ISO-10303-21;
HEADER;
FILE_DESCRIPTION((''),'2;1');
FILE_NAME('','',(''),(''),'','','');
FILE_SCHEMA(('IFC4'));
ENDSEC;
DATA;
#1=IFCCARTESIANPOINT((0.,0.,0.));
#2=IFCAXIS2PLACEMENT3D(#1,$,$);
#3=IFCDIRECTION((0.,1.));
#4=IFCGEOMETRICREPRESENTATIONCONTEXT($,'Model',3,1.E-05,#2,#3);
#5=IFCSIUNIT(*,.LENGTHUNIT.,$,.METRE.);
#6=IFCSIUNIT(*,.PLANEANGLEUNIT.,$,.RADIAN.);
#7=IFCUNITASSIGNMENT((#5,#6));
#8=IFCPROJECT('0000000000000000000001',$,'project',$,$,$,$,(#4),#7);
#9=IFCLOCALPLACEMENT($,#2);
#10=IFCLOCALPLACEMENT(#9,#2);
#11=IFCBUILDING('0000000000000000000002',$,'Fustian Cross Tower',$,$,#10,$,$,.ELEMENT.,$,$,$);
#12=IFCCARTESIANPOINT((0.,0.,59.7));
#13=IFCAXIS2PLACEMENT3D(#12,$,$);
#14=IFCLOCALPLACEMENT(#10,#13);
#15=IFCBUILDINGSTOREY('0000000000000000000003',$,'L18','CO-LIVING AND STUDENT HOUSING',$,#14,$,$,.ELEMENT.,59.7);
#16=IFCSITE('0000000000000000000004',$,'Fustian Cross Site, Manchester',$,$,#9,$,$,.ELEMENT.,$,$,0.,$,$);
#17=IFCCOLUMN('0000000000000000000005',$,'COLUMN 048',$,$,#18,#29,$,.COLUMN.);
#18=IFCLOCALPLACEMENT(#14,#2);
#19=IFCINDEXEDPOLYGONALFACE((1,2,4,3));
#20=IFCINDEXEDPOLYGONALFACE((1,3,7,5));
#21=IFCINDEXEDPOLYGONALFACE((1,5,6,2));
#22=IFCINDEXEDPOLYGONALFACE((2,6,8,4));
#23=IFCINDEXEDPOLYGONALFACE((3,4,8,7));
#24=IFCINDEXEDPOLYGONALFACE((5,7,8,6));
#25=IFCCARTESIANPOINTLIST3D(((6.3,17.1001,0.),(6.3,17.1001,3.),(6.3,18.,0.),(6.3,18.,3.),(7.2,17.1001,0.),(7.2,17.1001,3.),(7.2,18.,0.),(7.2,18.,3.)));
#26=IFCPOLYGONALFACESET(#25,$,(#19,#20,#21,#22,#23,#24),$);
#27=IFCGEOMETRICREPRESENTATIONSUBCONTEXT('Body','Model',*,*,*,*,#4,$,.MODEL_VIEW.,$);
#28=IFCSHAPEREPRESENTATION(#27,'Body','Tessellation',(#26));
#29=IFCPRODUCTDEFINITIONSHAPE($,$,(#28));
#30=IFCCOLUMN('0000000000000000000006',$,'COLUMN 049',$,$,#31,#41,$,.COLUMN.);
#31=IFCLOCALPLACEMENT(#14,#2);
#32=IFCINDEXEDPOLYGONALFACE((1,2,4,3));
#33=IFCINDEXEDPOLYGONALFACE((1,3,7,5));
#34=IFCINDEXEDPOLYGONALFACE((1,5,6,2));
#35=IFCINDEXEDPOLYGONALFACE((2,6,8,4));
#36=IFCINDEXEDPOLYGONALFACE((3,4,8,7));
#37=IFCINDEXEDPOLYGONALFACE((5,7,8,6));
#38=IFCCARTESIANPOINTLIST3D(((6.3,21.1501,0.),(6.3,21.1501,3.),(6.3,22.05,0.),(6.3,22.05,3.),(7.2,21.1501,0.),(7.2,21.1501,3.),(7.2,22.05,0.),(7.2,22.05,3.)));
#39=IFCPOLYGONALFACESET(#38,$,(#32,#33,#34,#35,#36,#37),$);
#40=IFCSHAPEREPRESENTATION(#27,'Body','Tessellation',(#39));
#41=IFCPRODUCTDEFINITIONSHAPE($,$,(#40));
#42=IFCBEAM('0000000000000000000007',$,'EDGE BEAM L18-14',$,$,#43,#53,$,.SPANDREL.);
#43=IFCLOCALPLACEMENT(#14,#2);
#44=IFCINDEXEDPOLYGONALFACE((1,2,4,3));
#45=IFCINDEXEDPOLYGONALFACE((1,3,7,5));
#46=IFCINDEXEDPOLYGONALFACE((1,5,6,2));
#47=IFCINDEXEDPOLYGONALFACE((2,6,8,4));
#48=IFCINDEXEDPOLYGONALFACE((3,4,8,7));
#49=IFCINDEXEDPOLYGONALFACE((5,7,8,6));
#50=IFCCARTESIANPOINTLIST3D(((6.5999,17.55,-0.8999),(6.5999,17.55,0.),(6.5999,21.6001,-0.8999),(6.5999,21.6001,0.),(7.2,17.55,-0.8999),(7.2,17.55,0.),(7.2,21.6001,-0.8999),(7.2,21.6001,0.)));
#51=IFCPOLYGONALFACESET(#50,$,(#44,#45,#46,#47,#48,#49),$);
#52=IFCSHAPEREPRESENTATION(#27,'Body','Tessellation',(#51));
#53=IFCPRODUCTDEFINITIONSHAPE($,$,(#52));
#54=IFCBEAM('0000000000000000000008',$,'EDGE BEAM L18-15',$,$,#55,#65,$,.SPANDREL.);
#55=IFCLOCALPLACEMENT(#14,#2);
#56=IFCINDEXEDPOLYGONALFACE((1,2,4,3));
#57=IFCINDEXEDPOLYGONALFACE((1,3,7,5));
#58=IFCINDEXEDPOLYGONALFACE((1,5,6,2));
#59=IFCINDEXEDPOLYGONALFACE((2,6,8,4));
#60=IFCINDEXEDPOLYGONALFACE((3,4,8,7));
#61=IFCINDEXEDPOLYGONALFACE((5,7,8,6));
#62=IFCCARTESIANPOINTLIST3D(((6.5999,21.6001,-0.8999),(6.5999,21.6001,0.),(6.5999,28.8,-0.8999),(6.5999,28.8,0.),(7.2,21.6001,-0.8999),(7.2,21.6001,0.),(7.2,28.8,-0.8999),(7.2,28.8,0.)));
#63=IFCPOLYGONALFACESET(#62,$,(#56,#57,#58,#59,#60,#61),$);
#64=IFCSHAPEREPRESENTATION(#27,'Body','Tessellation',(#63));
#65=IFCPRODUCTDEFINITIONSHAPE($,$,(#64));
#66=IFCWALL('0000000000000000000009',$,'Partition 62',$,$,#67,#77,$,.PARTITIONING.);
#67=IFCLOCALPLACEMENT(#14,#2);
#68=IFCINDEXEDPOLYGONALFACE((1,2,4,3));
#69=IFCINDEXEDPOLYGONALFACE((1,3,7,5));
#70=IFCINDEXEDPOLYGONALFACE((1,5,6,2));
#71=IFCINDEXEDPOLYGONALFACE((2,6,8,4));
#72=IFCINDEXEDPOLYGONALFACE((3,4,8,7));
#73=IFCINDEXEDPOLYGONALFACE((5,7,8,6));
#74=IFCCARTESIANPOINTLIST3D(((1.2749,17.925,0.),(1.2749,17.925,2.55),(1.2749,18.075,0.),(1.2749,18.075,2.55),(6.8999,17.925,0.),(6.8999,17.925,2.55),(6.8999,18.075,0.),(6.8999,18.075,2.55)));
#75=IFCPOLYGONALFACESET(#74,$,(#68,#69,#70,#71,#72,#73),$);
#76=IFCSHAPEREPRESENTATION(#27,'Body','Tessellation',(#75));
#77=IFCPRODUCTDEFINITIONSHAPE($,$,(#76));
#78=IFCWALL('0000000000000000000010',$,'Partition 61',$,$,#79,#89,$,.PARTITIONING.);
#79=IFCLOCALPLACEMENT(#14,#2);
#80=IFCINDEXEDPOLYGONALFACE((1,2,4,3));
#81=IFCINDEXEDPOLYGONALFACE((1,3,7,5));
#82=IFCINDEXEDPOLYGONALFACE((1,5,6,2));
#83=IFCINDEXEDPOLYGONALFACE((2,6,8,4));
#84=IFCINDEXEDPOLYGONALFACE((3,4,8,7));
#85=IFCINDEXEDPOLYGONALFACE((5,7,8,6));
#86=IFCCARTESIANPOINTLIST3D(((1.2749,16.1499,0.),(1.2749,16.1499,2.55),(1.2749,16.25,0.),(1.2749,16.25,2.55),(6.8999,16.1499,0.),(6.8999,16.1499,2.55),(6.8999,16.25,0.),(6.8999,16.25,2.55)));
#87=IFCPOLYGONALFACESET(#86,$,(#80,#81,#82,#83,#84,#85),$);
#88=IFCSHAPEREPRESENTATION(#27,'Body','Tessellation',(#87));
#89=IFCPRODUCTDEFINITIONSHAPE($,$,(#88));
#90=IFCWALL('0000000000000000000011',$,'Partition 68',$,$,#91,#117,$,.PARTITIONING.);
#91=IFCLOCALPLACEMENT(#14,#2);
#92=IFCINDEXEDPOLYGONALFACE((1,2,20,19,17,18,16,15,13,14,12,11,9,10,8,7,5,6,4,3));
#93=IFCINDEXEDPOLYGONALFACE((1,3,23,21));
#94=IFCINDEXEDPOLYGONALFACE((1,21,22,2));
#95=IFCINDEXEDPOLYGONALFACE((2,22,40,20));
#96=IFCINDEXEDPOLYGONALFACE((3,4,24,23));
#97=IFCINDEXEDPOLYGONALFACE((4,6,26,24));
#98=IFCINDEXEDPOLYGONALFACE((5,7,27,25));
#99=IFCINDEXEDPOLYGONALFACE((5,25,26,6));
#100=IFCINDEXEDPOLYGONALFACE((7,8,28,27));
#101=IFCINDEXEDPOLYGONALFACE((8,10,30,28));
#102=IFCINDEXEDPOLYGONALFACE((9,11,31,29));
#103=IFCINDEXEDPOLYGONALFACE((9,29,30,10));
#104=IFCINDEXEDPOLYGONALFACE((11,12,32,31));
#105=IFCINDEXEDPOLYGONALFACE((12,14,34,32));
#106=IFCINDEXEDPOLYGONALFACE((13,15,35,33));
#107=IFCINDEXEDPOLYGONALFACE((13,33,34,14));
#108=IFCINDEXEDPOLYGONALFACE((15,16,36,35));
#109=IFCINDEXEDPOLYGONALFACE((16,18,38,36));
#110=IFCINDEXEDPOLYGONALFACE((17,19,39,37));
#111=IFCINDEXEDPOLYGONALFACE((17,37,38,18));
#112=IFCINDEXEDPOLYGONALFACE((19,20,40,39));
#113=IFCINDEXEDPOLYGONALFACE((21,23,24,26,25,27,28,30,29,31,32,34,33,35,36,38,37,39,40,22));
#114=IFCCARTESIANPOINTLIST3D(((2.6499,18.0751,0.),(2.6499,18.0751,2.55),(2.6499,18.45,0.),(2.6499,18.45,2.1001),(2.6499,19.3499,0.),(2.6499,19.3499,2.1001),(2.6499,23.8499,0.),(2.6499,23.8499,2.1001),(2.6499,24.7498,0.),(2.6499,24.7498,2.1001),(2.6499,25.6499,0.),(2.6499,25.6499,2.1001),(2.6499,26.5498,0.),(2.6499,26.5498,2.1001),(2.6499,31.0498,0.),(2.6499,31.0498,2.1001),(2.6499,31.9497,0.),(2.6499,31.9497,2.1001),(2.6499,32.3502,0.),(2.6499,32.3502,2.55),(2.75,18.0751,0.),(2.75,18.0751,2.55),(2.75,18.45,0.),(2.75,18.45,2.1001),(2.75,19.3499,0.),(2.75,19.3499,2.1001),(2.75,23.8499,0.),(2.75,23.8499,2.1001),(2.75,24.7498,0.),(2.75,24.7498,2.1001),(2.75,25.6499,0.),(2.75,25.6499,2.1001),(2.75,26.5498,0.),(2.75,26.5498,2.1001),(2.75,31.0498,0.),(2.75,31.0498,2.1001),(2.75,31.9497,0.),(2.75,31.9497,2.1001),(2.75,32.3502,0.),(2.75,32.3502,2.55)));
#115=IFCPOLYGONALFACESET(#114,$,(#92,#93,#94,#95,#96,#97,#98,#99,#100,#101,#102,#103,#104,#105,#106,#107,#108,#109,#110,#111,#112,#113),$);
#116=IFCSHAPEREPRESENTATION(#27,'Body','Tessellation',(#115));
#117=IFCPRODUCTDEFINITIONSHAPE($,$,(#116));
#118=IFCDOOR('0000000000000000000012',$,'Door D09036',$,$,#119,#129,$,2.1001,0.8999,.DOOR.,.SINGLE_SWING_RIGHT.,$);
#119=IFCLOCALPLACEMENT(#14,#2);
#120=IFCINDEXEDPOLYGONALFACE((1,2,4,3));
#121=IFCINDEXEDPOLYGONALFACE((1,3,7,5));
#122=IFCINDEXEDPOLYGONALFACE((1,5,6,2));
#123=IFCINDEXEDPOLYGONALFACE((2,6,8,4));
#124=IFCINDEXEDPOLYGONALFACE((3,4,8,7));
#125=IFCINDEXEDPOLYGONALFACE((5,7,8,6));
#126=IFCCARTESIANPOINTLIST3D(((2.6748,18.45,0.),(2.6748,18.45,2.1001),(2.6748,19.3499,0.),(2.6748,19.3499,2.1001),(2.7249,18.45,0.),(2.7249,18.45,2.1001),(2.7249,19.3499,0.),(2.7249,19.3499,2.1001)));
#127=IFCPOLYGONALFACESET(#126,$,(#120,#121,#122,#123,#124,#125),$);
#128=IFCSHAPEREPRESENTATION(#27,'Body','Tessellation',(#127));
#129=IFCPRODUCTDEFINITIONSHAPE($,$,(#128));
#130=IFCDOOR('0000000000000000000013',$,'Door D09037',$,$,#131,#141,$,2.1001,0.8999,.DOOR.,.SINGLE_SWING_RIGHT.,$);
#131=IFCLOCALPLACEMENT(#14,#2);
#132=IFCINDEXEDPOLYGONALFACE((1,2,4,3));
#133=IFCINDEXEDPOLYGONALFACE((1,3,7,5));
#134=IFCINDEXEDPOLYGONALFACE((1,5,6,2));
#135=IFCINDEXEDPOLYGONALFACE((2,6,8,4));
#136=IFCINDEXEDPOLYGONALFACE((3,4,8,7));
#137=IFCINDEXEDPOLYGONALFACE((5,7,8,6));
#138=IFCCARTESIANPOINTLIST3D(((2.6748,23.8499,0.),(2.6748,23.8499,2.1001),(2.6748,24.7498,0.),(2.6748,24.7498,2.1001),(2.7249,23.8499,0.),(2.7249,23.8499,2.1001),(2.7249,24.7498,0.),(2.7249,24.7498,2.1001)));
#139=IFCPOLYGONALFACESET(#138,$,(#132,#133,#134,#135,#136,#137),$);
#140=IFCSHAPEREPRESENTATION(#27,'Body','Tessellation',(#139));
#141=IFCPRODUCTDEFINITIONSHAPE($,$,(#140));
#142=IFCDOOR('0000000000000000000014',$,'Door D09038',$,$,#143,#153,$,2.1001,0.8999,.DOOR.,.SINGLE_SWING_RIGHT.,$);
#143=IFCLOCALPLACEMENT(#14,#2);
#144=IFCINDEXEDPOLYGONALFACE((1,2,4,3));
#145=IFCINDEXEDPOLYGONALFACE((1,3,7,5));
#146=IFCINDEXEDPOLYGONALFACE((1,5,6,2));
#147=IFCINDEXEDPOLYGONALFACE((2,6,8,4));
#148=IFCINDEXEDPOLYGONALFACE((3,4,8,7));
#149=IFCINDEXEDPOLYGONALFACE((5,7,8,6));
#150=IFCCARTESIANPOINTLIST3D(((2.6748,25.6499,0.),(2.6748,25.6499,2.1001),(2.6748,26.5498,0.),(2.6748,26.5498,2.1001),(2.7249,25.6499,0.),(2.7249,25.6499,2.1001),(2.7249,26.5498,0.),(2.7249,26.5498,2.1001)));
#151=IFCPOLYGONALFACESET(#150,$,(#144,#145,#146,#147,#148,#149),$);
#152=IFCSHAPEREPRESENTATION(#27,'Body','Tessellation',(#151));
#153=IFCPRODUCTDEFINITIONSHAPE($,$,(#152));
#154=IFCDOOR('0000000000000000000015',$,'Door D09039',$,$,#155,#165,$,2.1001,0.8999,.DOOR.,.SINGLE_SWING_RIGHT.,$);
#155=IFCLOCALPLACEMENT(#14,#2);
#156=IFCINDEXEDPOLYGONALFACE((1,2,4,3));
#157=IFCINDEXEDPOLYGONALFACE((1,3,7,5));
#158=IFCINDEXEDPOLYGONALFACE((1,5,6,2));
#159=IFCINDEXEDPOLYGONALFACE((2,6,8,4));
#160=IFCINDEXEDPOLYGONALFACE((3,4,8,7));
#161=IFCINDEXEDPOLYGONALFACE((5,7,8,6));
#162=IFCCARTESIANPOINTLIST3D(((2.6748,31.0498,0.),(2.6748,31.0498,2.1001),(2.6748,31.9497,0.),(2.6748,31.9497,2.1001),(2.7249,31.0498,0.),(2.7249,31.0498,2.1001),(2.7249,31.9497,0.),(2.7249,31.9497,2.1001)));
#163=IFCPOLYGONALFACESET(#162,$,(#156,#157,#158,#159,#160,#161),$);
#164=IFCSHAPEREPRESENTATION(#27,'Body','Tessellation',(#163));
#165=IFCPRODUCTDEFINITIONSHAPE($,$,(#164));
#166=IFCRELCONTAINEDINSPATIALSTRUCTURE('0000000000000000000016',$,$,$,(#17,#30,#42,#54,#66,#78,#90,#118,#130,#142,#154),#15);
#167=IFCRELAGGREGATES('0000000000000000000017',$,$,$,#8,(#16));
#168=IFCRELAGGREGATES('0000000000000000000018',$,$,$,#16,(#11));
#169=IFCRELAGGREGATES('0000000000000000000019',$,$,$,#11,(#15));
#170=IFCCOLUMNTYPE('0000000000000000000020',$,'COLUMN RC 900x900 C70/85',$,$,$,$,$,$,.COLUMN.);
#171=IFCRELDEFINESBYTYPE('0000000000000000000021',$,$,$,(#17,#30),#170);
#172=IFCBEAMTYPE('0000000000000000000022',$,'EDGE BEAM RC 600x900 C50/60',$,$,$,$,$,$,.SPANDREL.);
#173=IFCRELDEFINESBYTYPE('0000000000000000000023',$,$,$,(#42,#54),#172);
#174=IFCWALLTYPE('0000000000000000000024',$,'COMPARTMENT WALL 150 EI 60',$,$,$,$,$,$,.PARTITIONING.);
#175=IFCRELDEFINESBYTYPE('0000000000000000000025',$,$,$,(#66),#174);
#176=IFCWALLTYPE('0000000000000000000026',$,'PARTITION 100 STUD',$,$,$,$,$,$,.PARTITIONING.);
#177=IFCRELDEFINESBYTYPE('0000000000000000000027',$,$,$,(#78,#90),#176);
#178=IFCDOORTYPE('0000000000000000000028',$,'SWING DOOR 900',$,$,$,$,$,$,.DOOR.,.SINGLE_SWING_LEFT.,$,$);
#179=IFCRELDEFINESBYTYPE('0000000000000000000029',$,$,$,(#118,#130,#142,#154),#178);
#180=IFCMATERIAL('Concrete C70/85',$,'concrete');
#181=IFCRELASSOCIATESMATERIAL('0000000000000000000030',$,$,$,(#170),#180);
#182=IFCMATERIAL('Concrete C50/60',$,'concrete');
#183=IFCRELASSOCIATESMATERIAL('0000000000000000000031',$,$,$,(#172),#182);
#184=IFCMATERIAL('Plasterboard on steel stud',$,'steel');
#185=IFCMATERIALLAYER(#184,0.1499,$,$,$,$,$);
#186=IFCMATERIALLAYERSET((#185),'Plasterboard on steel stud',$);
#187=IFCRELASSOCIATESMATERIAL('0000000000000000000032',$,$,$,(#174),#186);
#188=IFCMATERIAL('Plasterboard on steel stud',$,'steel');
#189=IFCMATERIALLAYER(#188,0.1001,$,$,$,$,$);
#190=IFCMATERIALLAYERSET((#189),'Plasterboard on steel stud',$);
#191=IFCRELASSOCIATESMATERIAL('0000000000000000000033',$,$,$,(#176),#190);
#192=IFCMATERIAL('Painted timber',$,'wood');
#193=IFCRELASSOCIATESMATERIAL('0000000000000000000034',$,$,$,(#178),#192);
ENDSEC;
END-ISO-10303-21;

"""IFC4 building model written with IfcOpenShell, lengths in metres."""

from ifc_helpers import new_model, si_unit, direction, frame, frame_2d, origin, origin_2d, place, context, subcontext, project, spatial, rectangle, extrude, material, layer, layer_set, material_profile, profile_set, type_object, element, fill, save


model = new_model("IFC4")

# Units and contexts
model_context = context("Model", 3, precision=1e-05, world=origin(), true_north=direction((0.0, 1.0)))
body_context = subcontext(model_context, "Body", "Model", "MODEL_VIEW")
ifc_project = project(units=[si_unit("LENGTHUNIT", "METRE"), si_unit("PLANEANGLEUNIT", "RADIAN")], contexts=[model_context])

# Site, building, storey
site_placement = place(None, origin())
site = spatial("IfcSite", under=ifc_project, at=site_placement, Name="Fustian Cross Site, Manchester", CompositionType="ELEMENT", RefElevation=0.0)
building_placement = place(site_placement, origin())
building = spatial("IfcBuilding", under=site, at=building_placement, Name="Fustian Cross Tower", CompositionType="ELEMENT")
storey_placement = place(building_placement, frame((0.0, 0.0, 59.7)))
storey = spatial("IfcBuildingStorey", under=building, at=storey_placement, Name="L18", Description="CO-LIVING AND STUDENT HOUSING", CompositionType="ELEMENT", Elevation=59.7)

# Columns
ifc_material_1 = material(Name="Concrete C70/85", Category="concrete")
ifc_material_profile_1 = material_profile(ifc_material_1, rectangle(XDim=0.8999, YDim=0.8999, at=origin_2d()), Name="RC 900x900")
ifc_profile_set_1 = profile_set([ifc_material_profile_1], Name="Concrete C70/85")
column_type = type_object("IfcColumnType", Name="COLUMN RC 900x900 C70/85", PredefinedType="COLUMN", material=ifc_profile_set_1)
for number, where, z_axis, x_axis, name in (
    (1, (6.75, 17.55, 0.0), (0.0, 0.0, 1.0), (1.0, 0.0, 0.0), "COLUMN 048"),
    (2, (6.75, 21.6001, 0.0), (0.0, 0.0, 1.0), (1.0, 0.0, 0.0), "COLUMN 049"),
):
    element("IfcColumn", number, at=place(storey_placement, frame(where, z_axis=z_axis, x_axis=x_axis)), inside=storey, type_object=column_type, Name=name, PredefinedType="COLUMN", context=body_context, shape_type="SweptSolid", body=[
        extrude(rectangle(XDim=0.8999, YDim=0.8999, at=origin_2d()), origin(), (0.0, 0.0, 1.0), 3.0),
    ])

# Beams
ifc_material_2 = material(Name="Concrete C50/60", Category="concrete")
ifc_material_profile_2 = material_profile(ifc_material_2, rectangle(XDim=0.6001, YDim=0.8999, at=origin_2d()), Name="RC 600x900")
ifc_profile_set_2 = profile_set([ifc_material_profile_2], Name="Concrete C50/60")
beam_type = type_object("IfcBeamType", Name="EDGE BEAM RC 600x900 C50/60", PredefinedType="SPANDREL", material=ifc_profile_set_2)
beam_1_placement = place(storey_placement, frame((6.8999, 17.55, -0.45), z_axis=(0.0, 1.0, 0.0), x_axis=(-1.0, 0.0, 0.0)))
element("IfcBeam", 3, at=beam_1_placement, inside=storey, type_object=beam_type, Name="EDGE BEAM L18-14", PredefinedType="SPANDREL", context=body_context, shape_type="SweptSolid", body=[
    extrude(rectangle(XDim=0.6001, YDim=0.8999, at=origin_2d()), origin(), (0.0, 0.0, 1.0), 4.05),
])
beam_2_placement = place(storey_placement, frame((6.8999, 21.6001, -0.45), z_axis=(0.0, 1.0, 0.0), x_axis=(-1.0, 0.0, 0.0)))
element("IfcBeam", 4, at=beam_2_placement, inside=storey, type_object=beam_type, Name="EDGE BEAM L18-15", PredefinedType="SPANDREL", context=body_context, shape_type="SweptSolid", body=[
    extrude(rectangle(XDim=0.6001, YDim=0.8999, at=origin_2d()), origin(), (0.0, 0.0, 1.0), 7.2),
])

# Walls
ifc_material_3 = material(Name="Plasterboard on steel stud", Category="steel")
ifc_layer_1 = layer(ifc_material_3, 0.1499)
ifc_layer_set_1 = layer_set([ifc_layer_1], Name="Plasterboard on steel stud")
wall_type_1 = type_object("IfcWallType", Name="COMPARTMENT WALL 150 EI 60", PredefinedType="PARTITIONING", material=ifc_layer_set_1)
wall_1_placement = place(storey_placement, frame((1.2749, 18.0, 0.0), z_axis=(0.0, 0.0, 1.0), x_axis=(1.0, 0.0, 0.0)))
element("IfcWall", 5, at=wall_1_placement, inside=storey, type_object=wall_type_1, Name="Partition 62", PredefinedType="PARTITIONING", context=body_context, shape_type="SweptSolid", body=[
    extrude(rectangle(XDim=5.625, YDim=0.1499, at=frame_2d((2.8125, 0.0))), origin(), (0.0, 0.0, 1.0), 2.55),
])
ifc_material_4 = material(Name="Plasterboard on steel stud", Category="steel")
ifc_layer_2 = layer(ifc_material_4, 0.1001)
ifc_layer_set_2 = layer_set([ifc_layer_2], Name="Plasterboard on steel stud")
wall_type_2 = type_object("IfcWallType", Name="PARTITION 100 STUD", PredefinedType="PARTITIONING", material=ifc_layer_set_2)
wall_2_placement = place(storey_placement, frame((1.2749, 16.2, 0.0), z_axis=(0.0, 0.0, 1.0), x_axis=(1.0, 0.0, 0.0)))
element("IfcWall", 6, at=wall_2_placement, inside=storey, type_object=wall_type_2, Name="Partition 61", PredefinedType="PARTITIONING", context=body_context, shape_type="SweptSolid", body=[
    extrude(rectangle(XDim=5.625, YDim=0.1001, at=frame_2d((2.8125, 0.0))), origin(), (0.0, 0.0, 1.0), 2.55),
])

# Wall, openings, doors
wall_3_placement = place(storey_placement, frame((2.7, 18.075, 0.0), z_axis=(0.0, 0.0, 1.0), x_axis=(0.0, 1.0, 0.0)))
wall_3 = element("IfcWall", 7, at=wall_3_placement, inside=storey, type_object=wall_type_2, Name="Partition 68", PredefinedType="PARTITIONING", context=body_context, shape_type="SweptSolid", body=[
    extrude(rectangle(XDim=14.2751, YDim=0.1001, at=frame_2d((7.1377, 0.0))), origin(), (0.0, 0.0, 1.0), 2.55),
])
opening_1_placement = place(wall_3_placement, frame((0.375, 0.0, 0.0)))
opening_1 = element("IfcOpeningElement", 8, at=opening_1_placement, cuts=wall_3, PredefinedType="OPENING", context=body_context, shape_type="SweptSolid", body=[
    extrude(rectangle(XDim=0.8999, YDim=2.1001, at=frame_2d((0.45, 1.05))), frame((0.0, 0.0601, 0.0), z_axis=(0.0, -1.0, 0.0), x_axis=(1.0, 0.0, 0.0)), (0.0, 0.0, 1.0), 0.1201),
])
opening_2_placement = place(wall_3_placement, frame((5.7749, 0.0, 0.0)))
opening_2 = element("IfcOpeningElement", 9, at=opening_2_placement, cuts=wall_3, PredefinedType="OPENING", context=body_context, shape_type="SweptSolid", body=[
    extrude(rectangle(XDim=0.8999, YDim=2.1001, at=frame_2d((0.45, 1.05))), frame((0.0, 0.0601, 0.0), z_axis=(0.0, -1.0, 0.0), x_axis=(1.0, 0.0, 0.0)), (0.0, 0.0, 1.0), 0.1201),
])
opening_3_placement = place(wall_3_placement, frame((7.575, 0.0, 0.0)))
opening_3 = element("IfcOpeningElement", 10, at=opening_3_placement, cuts=wall_3, PredefinedType="OPENING", context=body_context, shape_type="SweptSolid", body=[
    extrude(rectangle(XDim=0.8999, YDim=2.1001, at=frame_2d((0.45, 1.05))), frame((0.0, 0.0601, 0.0), z_axis=(0.0, -1.0, 0.0), x_axis=(1.0, 0.0, 0.0)), (0.0, 0.0, 1.0), 0.1201),
])
opening_4_placement = place(wall_3_placement, frame((12.9749, 0.0, 0.0)))
opening_4 = element("IfcOpeningElement", 11, at=opening_4_placement, cuts=wall_3, PredefinedType="OPENING", context=body_context, shape_type="SweptSolid", body=[
    extrude(rectangle(XDim=0.8999, YDim=2.1001, at=frame_2d((0.45, 1.05))), frame((0.0, 0.0601, 0.0), z_axis=(0.0, -1.0, 0.0), x_axis=(1.0, 0.0, 0.0)), (0.0, 0.0, 1.0), 0.1201),
])
ifc_material_5 = material(Name="Painted timber", Category="wood")
door_type_1 = type_object("IfcDoorType", Name="SWING DOOR 900", OperationType="SINGLE_SWING_LEFT", PredefinedType="DOOR", material=ifc_material_5)
door_1_placement = place(opening_1_placement, frame((0.8999, 0.0, 0.0), z_axis=(0.0, 0.0, 1.0), x_axis=(-1.0, 0.0, 0.0)))
door_1 = element("IfcDoor", 12, at=door_1_placement, inside=storey, type_object=door_type_1, Name="Door D09036", OperationType="SINGLE_SWING_RIGHT", OverallHeight=2.1001, OverallWidth=0.8999, PredefinedType="DOOR", context=body_context, shape_type="SweptSolid", body=[
    extrude(rectangle(XDim=0.8999, YDim=2.1001, at=frame_2d((0.45, 1.05))), frame((0.0, 0.0249, 0.0), z_axis=(0.0, -1.0, 0.0), x_axis=(1.0, 0.0, 0.0)), (0.0, 0.0, 1.0), 0.05),
])
fill(opening_1, door_1)
door_2_placement = place(opening_2_placement, frame((0.8999, 0.0, 0.0), z_axis=(0.0, 0.0, 1.0), x_axis=(-1.0, 0.0, 0.0)))
door_2 = element("IfcDoor", 13, at=door_2_placement, inside=storey, type_object=door_type_1, Name="Door D09037", OperationType="SINGLE_SWING_RIGHT", OverallHeight=2.1001, OverallWidth=0.8999, PredefinedType="DOOR", context=body_context, shape_type="SweptSolid", body=[
    extrude(rectangle(XDim=0.8999, YDim=2.1001, at=frame_2d((0.45, 1.05))), frame((0.0, 0.0249, 0.0), z_axis=(0.0, -1.0, 0.0), x_axis=(1.0, 0.0, 0.0)), (0.0, 0.0, 1.0), 0.05),
])
fill(opening_2, door_2)
door_3_placement = place(opening_3_placement, frame((0.8999, 0.0, 0.0), z_axis=(0.0, 0.0, 1.0), x_axis=(-1.0, 0.0, 0.0)))
door_3 = element("IfcDoor", 14, at=door_3_placement, inside=storey, type_object=door_type_1, Name="Door D09038", OperationType="SINGLE_SWING_RIGHT", OverallHeight=2.1001, OverallWidth=0.8999, PredefinedType="DOOR", context=body_context, shape_type="SweptSolid", body=[
    extrude(rectangle(XDim=0.8999, YDim=2.1001, at=frame_2d((0.45, 1.05))), frame((0.0, 0.0249, 0.0), z_axis=(0.0, -1.0, 0.0), x_axis=(1.0, 0.0, 0.0)), (0.0, 0.0, 1.0), 0.05),
])
fill(opening_3, door_3)
door_4_placement = place(opening_4_placement, frame((0.8999, 0.0, 0.0), z_axis=(0.0, 0.0, 1.0), x_axis=(-1.0, 0.0, 0.0)))
door_4 = element("IfcDoor", 15, at=door_4_placement, inside=storey, type_object=door_type_1, Name="Door D09039", OperationType="SINGLE_SWING_RIGHT", OverallHeight=2.1001, OverallWidth=0.8999, PredefinedType="DOOR", context=body_context, shape_type="SweptSolid", body=[
    extrude(rectangle(XDim=0.8999, YDim=2.1001, at=frame_2d((0.45, 1.05))), frame((0.0, 0.0249, 0.0), z_axis=(0.0, -1.0, 0.0), x_axis=(1.0, 0.0, 0.0)), (0.0, 0.0, 1.0), 0.05),
])
fill(opening_4, door_4)

save(model, "model.ifc")
